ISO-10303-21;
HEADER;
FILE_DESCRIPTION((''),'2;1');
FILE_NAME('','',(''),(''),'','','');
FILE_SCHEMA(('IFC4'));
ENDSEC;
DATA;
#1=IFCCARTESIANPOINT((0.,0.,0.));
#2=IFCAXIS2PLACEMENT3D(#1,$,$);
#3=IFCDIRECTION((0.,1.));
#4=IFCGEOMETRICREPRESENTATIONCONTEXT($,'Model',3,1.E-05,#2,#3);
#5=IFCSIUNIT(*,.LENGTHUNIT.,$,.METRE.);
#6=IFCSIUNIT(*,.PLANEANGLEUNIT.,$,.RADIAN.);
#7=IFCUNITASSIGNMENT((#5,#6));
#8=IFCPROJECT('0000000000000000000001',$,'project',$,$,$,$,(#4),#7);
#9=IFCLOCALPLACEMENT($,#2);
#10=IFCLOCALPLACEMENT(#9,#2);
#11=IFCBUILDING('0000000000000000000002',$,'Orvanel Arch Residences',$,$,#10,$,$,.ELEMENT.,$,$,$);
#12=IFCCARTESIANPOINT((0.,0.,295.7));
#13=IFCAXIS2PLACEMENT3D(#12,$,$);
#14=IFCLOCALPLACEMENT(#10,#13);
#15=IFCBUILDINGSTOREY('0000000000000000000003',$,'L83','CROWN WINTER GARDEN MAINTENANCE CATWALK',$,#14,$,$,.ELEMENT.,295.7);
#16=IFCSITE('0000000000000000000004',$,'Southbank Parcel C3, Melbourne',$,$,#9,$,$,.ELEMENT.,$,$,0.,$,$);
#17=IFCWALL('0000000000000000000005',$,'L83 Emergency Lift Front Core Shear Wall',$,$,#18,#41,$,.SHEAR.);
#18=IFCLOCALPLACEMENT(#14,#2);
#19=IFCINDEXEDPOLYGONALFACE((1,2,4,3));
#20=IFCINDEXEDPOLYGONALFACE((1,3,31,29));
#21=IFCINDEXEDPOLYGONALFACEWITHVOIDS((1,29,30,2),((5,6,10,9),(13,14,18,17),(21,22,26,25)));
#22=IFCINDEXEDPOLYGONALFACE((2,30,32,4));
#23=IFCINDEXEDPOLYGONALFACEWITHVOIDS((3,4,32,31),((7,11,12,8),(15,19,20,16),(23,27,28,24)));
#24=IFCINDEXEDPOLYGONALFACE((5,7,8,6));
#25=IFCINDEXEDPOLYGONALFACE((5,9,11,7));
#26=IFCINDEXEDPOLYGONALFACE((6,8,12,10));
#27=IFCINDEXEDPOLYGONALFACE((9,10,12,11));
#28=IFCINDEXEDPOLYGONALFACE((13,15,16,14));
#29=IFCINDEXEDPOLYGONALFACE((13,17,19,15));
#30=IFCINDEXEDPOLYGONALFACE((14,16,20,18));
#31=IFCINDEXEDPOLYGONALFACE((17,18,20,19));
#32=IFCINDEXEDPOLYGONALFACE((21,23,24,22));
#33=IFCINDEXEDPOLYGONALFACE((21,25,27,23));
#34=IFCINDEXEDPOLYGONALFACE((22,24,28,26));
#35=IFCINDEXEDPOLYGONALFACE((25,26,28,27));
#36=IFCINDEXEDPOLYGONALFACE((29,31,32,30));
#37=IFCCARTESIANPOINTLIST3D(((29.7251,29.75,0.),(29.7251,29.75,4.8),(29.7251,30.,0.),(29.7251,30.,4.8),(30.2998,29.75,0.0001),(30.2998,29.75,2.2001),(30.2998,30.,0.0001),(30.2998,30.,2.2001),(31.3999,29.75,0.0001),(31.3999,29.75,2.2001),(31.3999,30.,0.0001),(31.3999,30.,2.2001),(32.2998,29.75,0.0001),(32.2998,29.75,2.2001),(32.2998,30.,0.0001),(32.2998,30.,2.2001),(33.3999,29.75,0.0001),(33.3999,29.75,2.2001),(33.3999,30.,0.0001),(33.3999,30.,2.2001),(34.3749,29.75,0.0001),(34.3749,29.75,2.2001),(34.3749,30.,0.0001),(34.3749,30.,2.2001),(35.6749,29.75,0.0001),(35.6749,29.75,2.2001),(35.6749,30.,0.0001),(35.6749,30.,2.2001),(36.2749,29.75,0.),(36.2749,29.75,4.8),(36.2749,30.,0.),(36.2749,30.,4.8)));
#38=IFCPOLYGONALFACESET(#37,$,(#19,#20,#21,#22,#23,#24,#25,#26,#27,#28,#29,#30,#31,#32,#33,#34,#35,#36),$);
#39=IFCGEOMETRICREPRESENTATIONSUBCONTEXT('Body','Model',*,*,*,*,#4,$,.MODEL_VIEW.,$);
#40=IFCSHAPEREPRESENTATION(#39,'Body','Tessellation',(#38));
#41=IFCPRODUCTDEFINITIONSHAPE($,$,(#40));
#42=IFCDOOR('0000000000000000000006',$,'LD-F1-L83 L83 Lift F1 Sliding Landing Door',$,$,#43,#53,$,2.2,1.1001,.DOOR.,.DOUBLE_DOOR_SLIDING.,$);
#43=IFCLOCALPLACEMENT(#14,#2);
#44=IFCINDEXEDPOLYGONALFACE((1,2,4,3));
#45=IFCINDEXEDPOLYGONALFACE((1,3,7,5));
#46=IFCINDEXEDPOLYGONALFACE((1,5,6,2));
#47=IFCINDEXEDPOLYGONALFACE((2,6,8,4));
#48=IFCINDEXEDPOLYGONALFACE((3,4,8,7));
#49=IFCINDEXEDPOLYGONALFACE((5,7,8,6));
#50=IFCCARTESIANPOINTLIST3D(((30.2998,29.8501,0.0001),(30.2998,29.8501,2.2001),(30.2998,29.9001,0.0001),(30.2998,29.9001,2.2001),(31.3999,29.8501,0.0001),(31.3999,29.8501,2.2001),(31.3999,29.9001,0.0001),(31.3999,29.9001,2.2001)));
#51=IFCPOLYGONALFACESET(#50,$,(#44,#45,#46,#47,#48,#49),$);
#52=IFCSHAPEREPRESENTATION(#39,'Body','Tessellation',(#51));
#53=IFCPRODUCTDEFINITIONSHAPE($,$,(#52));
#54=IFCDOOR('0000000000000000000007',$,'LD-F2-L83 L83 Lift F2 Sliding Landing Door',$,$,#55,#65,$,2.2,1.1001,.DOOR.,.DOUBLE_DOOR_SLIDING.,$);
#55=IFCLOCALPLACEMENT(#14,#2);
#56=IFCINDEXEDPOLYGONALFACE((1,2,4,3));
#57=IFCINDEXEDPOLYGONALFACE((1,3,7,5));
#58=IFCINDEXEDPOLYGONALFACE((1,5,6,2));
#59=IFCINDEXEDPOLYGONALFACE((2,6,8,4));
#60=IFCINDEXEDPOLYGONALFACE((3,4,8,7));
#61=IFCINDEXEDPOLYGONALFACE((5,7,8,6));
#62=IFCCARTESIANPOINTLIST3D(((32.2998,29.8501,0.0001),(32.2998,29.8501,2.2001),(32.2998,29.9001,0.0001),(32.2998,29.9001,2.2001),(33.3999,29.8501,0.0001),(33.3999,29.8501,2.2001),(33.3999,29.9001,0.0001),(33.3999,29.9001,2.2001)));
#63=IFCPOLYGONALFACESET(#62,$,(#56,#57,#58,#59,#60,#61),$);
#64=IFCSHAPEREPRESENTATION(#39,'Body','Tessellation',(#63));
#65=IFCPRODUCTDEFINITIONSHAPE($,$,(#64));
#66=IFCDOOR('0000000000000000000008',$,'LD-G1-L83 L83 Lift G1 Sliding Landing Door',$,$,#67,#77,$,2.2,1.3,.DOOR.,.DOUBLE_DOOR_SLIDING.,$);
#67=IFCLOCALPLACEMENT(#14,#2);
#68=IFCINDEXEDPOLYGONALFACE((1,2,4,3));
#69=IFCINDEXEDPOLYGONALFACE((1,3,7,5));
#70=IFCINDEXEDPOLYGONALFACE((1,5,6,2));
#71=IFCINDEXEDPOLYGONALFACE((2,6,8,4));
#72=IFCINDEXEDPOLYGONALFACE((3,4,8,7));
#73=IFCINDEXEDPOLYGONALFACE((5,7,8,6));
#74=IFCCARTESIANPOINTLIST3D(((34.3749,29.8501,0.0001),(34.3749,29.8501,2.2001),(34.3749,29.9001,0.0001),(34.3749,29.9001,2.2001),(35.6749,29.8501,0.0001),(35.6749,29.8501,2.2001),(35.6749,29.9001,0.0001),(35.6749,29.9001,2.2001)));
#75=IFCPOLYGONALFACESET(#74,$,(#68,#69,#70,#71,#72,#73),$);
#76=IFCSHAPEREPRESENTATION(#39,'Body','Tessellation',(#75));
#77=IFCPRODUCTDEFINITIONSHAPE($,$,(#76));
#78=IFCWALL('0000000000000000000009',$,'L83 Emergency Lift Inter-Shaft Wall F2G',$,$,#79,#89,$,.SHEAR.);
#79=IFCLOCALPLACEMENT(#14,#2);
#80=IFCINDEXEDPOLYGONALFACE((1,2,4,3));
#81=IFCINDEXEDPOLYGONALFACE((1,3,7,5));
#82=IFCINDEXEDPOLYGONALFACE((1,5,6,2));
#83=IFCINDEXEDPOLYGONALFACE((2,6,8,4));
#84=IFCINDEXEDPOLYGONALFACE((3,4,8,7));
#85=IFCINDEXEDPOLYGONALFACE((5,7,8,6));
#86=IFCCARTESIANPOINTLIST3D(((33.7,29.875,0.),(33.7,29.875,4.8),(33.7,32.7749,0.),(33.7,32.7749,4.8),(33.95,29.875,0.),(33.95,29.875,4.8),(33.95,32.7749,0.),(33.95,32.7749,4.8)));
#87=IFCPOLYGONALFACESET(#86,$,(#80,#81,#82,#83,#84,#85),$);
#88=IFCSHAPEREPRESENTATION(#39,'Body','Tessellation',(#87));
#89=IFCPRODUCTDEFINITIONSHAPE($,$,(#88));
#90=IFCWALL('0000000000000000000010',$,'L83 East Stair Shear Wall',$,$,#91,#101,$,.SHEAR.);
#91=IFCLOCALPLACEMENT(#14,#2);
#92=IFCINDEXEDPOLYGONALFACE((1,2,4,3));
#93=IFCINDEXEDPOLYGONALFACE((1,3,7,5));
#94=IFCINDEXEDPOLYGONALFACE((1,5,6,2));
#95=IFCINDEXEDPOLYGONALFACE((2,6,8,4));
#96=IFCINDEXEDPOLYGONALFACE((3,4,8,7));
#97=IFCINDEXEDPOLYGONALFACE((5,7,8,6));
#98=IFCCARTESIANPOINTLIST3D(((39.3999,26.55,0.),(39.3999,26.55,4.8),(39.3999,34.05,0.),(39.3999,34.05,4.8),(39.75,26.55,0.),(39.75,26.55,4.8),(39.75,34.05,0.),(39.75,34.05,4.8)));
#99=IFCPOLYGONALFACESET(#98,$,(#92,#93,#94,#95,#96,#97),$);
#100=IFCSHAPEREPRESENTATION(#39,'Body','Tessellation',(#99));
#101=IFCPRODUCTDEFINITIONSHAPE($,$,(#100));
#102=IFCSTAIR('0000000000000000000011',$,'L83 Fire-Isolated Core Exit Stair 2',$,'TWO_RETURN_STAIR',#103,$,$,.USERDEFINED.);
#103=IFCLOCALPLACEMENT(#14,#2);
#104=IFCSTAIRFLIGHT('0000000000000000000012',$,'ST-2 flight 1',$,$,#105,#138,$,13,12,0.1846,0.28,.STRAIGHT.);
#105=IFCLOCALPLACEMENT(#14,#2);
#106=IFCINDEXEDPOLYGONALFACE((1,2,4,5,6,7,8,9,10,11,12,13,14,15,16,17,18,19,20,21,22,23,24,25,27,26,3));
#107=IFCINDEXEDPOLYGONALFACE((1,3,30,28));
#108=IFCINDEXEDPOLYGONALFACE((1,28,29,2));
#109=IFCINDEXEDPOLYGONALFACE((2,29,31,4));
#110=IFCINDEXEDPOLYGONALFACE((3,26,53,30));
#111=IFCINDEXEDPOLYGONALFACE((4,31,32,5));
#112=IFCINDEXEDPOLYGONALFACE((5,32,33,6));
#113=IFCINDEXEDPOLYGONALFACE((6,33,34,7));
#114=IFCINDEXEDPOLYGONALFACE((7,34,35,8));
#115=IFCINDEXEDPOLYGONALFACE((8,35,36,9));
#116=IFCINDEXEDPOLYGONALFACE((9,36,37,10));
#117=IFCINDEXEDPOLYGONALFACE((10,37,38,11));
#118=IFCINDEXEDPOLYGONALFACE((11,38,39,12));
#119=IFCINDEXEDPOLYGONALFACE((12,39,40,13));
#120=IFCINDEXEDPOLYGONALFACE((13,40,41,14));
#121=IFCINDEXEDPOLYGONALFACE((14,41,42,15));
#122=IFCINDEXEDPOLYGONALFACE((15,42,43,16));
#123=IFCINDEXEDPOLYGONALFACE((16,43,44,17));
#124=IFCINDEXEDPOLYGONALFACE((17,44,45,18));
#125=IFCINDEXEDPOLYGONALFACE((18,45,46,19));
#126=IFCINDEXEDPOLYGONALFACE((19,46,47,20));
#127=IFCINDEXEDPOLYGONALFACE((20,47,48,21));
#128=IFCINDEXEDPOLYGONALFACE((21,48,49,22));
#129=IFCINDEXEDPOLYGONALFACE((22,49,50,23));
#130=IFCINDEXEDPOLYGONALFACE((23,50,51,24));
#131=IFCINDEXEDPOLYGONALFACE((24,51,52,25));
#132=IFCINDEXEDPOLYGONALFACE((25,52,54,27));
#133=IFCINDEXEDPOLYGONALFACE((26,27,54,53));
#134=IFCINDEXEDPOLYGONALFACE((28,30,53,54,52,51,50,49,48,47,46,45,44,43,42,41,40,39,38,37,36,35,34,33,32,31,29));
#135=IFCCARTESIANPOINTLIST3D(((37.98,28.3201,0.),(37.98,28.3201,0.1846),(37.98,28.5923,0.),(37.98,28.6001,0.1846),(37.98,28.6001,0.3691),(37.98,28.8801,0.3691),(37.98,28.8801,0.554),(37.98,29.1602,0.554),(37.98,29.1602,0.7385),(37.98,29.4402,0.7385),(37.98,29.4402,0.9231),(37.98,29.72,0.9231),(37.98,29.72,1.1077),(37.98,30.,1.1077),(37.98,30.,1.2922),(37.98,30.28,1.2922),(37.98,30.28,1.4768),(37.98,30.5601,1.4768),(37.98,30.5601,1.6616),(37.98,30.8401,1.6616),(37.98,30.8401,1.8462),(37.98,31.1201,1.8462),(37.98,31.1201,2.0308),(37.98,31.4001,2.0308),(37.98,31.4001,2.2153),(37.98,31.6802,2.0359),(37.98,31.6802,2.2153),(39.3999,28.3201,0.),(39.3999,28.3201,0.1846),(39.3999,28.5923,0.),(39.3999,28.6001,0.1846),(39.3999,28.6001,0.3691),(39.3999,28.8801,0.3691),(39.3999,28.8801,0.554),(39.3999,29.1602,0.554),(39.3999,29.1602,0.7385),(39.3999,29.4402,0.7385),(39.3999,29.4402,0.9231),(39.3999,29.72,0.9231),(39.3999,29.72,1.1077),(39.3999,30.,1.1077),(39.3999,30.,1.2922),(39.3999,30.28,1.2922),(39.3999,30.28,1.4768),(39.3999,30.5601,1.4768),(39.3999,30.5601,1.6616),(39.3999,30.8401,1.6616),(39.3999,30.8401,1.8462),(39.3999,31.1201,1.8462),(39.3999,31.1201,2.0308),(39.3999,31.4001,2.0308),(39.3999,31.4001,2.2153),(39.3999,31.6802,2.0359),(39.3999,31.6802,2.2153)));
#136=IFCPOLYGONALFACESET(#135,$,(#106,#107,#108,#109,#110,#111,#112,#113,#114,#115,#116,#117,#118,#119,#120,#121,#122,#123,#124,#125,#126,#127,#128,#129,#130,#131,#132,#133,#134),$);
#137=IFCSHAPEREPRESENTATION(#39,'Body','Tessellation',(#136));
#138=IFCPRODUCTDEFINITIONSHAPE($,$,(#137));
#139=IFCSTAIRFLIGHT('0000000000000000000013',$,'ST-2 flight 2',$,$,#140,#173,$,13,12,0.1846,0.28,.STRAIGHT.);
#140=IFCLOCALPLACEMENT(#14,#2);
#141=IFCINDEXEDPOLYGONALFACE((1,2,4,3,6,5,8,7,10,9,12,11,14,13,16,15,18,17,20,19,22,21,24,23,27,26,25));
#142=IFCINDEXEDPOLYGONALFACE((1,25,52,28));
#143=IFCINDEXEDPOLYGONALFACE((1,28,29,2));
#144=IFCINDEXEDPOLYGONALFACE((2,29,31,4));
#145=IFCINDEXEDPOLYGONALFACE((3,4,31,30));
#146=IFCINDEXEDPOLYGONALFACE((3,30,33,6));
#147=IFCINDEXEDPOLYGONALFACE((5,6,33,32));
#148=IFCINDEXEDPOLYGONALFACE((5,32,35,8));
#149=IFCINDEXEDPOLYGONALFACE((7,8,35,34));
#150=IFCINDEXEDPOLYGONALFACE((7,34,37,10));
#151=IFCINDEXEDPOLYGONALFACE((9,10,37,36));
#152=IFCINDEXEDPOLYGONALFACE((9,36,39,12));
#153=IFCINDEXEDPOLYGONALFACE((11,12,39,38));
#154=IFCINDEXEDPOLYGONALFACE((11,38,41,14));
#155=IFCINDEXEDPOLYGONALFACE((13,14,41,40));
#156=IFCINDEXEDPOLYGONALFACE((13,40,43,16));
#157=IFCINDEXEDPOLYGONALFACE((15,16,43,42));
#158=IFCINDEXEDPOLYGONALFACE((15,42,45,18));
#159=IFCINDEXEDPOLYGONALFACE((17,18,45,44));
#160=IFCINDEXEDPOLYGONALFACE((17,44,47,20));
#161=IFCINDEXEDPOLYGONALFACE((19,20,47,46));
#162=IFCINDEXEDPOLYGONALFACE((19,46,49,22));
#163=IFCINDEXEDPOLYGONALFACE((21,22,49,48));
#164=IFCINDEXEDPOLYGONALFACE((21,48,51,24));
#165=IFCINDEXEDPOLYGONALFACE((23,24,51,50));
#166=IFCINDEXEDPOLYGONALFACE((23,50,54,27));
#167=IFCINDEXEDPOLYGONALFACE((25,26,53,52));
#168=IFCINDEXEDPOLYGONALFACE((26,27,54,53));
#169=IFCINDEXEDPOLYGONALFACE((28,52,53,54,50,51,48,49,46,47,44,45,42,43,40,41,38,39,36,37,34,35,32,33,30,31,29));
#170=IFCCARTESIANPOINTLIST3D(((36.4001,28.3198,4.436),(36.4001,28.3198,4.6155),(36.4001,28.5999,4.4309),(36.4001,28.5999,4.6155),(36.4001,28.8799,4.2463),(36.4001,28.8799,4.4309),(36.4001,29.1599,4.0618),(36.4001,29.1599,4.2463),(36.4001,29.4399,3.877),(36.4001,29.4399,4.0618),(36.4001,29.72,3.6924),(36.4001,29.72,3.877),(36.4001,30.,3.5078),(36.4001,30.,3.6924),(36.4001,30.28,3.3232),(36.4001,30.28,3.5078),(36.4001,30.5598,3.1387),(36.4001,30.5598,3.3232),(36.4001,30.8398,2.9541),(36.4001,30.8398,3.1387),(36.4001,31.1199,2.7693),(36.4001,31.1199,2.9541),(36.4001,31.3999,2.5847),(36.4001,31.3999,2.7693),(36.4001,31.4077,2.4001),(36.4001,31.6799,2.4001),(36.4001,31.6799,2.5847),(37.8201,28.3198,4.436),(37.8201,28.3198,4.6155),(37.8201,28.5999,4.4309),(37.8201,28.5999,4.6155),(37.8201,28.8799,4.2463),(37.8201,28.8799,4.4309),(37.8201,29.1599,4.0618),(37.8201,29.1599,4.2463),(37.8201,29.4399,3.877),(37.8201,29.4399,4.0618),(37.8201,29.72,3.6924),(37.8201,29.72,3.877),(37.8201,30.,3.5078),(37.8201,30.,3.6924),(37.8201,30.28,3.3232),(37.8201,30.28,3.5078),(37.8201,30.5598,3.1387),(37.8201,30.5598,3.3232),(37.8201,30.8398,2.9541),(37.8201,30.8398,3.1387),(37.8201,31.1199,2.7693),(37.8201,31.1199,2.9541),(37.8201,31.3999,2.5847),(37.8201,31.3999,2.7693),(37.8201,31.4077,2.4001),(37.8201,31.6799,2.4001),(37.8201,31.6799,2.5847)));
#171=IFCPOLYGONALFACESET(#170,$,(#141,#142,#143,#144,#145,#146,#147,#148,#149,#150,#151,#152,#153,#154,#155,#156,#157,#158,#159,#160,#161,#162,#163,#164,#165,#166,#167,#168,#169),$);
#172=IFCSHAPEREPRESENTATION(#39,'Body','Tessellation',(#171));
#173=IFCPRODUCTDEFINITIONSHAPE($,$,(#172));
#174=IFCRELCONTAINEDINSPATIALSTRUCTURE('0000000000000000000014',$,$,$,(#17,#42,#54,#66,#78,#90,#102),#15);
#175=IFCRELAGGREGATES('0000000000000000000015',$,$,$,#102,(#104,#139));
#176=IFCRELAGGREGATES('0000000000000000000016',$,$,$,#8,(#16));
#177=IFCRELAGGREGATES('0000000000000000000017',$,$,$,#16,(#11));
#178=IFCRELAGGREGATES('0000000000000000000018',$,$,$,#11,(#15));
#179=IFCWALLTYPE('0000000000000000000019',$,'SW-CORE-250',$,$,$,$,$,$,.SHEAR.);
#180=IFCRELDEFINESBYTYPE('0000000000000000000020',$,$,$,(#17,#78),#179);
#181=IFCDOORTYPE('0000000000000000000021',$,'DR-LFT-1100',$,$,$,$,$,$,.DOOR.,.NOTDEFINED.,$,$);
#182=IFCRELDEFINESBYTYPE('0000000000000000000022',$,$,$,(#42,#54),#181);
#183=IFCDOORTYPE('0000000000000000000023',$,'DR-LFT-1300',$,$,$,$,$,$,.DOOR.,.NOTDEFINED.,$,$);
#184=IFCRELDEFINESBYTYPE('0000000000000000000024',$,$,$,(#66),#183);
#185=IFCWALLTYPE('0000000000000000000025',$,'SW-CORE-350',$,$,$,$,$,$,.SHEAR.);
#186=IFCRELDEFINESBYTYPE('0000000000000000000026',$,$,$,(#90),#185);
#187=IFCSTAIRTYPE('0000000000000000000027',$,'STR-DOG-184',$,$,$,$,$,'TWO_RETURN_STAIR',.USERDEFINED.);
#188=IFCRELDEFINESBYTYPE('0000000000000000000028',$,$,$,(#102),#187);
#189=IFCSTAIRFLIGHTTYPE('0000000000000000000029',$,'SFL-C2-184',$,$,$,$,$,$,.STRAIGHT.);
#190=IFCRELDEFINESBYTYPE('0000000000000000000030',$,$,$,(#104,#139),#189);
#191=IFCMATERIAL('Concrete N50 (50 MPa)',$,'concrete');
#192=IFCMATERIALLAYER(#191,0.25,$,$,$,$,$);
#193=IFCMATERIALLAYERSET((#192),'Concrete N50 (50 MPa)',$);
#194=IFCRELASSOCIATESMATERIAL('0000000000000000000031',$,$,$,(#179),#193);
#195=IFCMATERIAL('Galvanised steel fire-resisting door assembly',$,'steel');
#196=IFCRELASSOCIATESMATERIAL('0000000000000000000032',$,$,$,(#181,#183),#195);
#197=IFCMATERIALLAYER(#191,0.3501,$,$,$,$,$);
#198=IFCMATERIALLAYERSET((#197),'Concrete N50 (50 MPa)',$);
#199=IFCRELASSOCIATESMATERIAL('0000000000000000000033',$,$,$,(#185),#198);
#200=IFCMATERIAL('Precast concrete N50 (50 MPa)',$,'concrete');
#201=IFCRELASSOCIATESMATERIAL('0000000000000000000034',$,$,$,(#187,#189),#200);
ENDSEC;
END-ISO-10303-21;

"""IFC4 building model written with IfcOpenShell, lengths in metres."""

from ifc_helpers import new_model, si_unit, direction, frame, frame_2d, origin, place, context, subcontext, project, spatial, polyline, rectangle, outline, extrude, material, layer, layer_set, type_object, element, fill, aggregate, save


model = new_model("IFC4")

# Units and contexts
model_context = context("Model", 3, precision=1e-05, world=origin(), true_north=direction((0.0, 1.0)))
body_context = subcontext(model_context, "Body", "Model", "MODEL_VIEW")
ifc_project = project(units=[si_unit("LENGTHUNIT", "METRE"), si_unit("PLANEANGLEUNIT", "RADIAN")], contexts=[model_context])

# Site, building, storey
site_placement = place(None, origin())
site = spatial("IfcSite", under=ifc_project, at=site_placement, Name="Southbank Parcel C3, Melbourne", CompositionType="ELEMENT", RefElevation=0.0)
building_placement = place(site_placement, origin())
building = spatial("IfcBuilding", under=site, at=building_placement, Name="Orvanel Arch Residences", CompositionType="ELEMENT")
storey_placement = place(building_placement, frame((0.0, 0.0, 295.7)))
storey = spatial("IfcBuildingStorey", under=building, at=storey_placement, Name="L83", Description="CROWN WINTER GARDEN MAINTENANCE CATWALK", CompositionType="ELEMENT", Elevation=295.7)

# Shared definitions
ifc_material_1 = material(Name="Concrete N50 (50 MPa)", Category="concrete")
ifc_layer_1 = layer(ifc_material_1, 0.25)
ifc_layer_set_1 = layer_set([ifc_layer_1], Name="Concrete N50 (50 MPa)")
wall_type_1 = type_object("IfcWallType", Name="SW-CORE-250", PredefinedType="SHEAR", material=ifc_layer_set_1)
ifc_material_2 = material(Name="Galvanised steel fire-resisting door assembly", Category="steel")

# Wall, openings, doors
wall_1_placement = place(storey_placement, frame((36.2749, 29.875, 0.0), z_axis=(0.0, 0.0, 1.0), x_axis=(-1.0, 0.0, 0.0)))
wall_1 = element("IfcWall", 1, at=wall_1_placement, inside=storey, type_object=wall_type_1, Name="L83 Emergency Lift Front Core Shear Wall", PredefinedType="SHEAR", context=body_context, shape_type="SweptSolid", body=[
    extrude(rectangle(XDim=6.5498, YDim=0.25, at=frame_2d((3.2749, 0.0))), origin(), (0.0, 0.0, 1.0), 4.8),
])
opening_1_placement = place(wall_1_placement, frame((4.875, 0.0, 0.0)))
opening_1 = element("IfcOpeningElement", 2, at=opening_1_placement, cuts=wall_1, PredefinedType="OPENING", context=body_context, shape_type="SweptSolid", body=[
    extrude(rectangle(XDim=1.1001, YDim=2.2, at=frame_2d((0.55, 1.1001))), frame((0.0, 0.135, 0.0), z_axis=(0.0, -1.0, 0.0), x_axis=(1.0, 0.0, 0.0)), (0.0, 0.0, 1.0), 0.27),
])
opening_2_placement = place(wall_1_placement, frame((2.875, 0.0, 0.0)))
opening_2 = element("IfcOpeningElement", 3, at=opening_2_placement, cuts=wall_1, PredefinedType="OPENING", context=body_context, shape_type="SweptSolid", body=[
    extrude(rectangle(XDim=1.1001, YDim=2.2, at=frame_2d((0.55, 1.1001))), frame((0.0, 0.135, 0.0), z_axis=(0.0, -1.0, 0.0), x_axis=(1.0, 0.0, 0.0)), (0.0, 0.0, 1.0), 0.27),
])
opening_3_placement = place(wall_1_placement, frame((0.6001, 0.0, 0.0)))
opening_3 = element("IfcOpeningElement", 4, at=opening_3_placement, cuts=wall_1, PredefinedType="OPENING", context=body_context, shape_type="SweptSolid", body=[
    extrude(rectangle(XDim=1.3, YDim=2.2, at=frame_2d((0.6499, 1.1001))), frame((0.0, 0.135, 0.0), z_axis=(0.0, -1.0, 0.0), x_axis=(1.0, 0.0, 0.0)), (0.0, 0.0, 1.0), 0.27),
])
door_type_1 = type_object("IfcDoorType", Name="DR-LFT-1100", OperationType="NOTDEFINED", PredefinedType="DOOR", material=ifc_material_2)
door_1_placement = place(opening_1_placement, origin())
door_1 = element("IfcDoor", 5, at=door_1_placement, inside=storey, type_object=door_type_1, Name="LD-F1-L83 L83 Lift F1 Sliding Landing Door", OperationType="DOUBLE_DOOR_SLIDING", OverallHeight=2.2, OverallWidth=1.1001, PredefinedType="DOOR", context=body_context, shape_type="SweptSolid", body=[
    extrude(rectangle(XDim=1.1001, YDim=2.2, at=frame_2d((0.55, 1.1001))), frame((0.0, 0.0249, 0.0), z_axis=(0.0, -1.0, 0.0), x_axis=(1.0, 0.0, 0.0)), (0.0, 0.0, 1.0), 0.05),
])
fill(opening_1, door_1)
door_2_placement = place(opening_2_placement, origin())
door_2 = element("IfcDoor", 6, at=door_2_placement, inside=storey, type_object=door_type_1, Name="LD-F2-L83 L83 Lift F2 Sliding Landing Door", OperationType="DOUBLE_DOOR_SLIDING", OverallHeight=2.2, OverallWidth=1.1001, PredefinedType="DOOR", context=body_context, shape_type="SweptSolid", body=[
    extrude(rectangle(XDim=1.1001, YDim=2.2, at=frame_2d((0.55, 1.1001))), frame((0.0, 0.0249, 0.0), z_axis=(0.0, -1.0, 0.0), x_axis=(1.0, 0.0, 0.0)), (0.0, 0.0, 1.0), 0.05),
])
fill(opening_2, door_2)
door_type_2 = type_object("IfcDoorType", Name="DR-LFT-1300", OperationType="NOTDEFINED", PredefinedType="DOOR", material=ifc_material_2)
door_3_placement = place(opening_3_placement, origin())
door_3 = element("IfcDoor", 7, at=door_3_placement, inside=storey, type_object=door_type_2, Name="LD-G1-L83 L83 Lift G1 Sliding Landing Door", OperationType="DOUBLE_DOOR_SLIDING", OverallHeight=2.2, OverallWidth=1.3, PredefinedType="DOOR", context=body_context, shape_type="SweptSolid", body=[
    extrude(rectangle(XDim=1.3, YDim=2.2, at=frame_2d((0.6499, 1.1001))), frame((0.0, 0.0249, 0.0), z_axis=(0.0, -1.0, 0.0), x_axis=(1.0, 0.0, 0.0)), (0.0, 0.0, 1.0), 0.05),
])
fill(opening_3, door_3)

# Walls
wall_2_placement = place(storey_placement, frame((33.825, 29.875, 0.0), z_axis=(0.0, 0.0, 1.0), x_axis=(0.0, 1.0, 0.0)))
element("IfcWall", 8, at=wall_2_placement, inside=storey, type_object=wall_type_1, Name="L83 Emergency Lift Inter-Shaft Wall F2G", PredefinedType="SHEAR", context=body_context, shape_type="SweptSolid", body=[
    extrude(rectangle(XDim=2.8999, YDim=0.25, at=frame_2d((1.45, 0.0))), origin(), (0.0, 0.0, 1.0), 4.8),
])
ifc_layer_2 = layer(ifc_material_1, 0.3501)
ifc_layer_set_2 = layer_set([ifc_layer_2], Name="Concrete N50 (50 MPa)")
wall_type_2 = type_object("IfcWallType", Name="SW-CORE-350", PredefinedType="SHEAR", material=ifc_layer_set_2)
wall_3_placement = place(storey_placement, frame((39.575, 26.55, 0.0), z_axis=(0.0, 0.0, 1.0), x_axis=(0.0, 1.0, 0.0)))
element("IfcWall", 9, at=wall_3_placement, inside=storey, type_object=wall_type_2, Name="L83 East Stair Shear Wall", PredefinedType="SHEAR", context=body_context, shape_type="SweptSolid", body=[
    extrude(rectangle(XDim=7.5, YDim=0.3501, at=frame_2d((3.75, 0.0))), origin(), (0.0, 0.0, 1.0), 4.8),
])

# Stair, stair flights
ifc_material_3 = material(Name="Precast concrete N50 (50 MPa)", Category="concrete")
stair_type = type_object("IfcStairType", Name="STR-DOG-184", ElementType="TWO_RETURN_STAIR", PredefinedType="USERDEFINED", material=ifc_material_3)
stair_placement = place(storey_placement, origin())
stair = element("IfcStair", 10, at=stair_placement, inside=storey, type_object=stair_type, Name="L83 Fire-Isolated Core Exit Stair 2", ObjectType="TWO_RETURN_STAIR", PredefinedType="USERDEFINED")
stair_flight_type = type_object("IfcStairFlightType", Name="SFL-C2-184", PredefinedType="STRAIGHT", material=ifc_material_3)
stair_flight_1_placement = place(storey_placement, frame((38.6899, 28.3201, 0.0), z_axis=(0.0, 0.0, 1.0), x_axis=(0.0, 1.0, 0.0)))
stair_flight_1 = element("IfcStairFlight", 11, at=stair_flight_1_placement, type_object=stair_flight_type, Name="ST-2 flight 1", NumberOfRisers=13, NumberOfTreads=12, PredefinedType="STRAIGHT", RiserHeight=0.1846, TreadLength=0.28, context=body_context, shape_type="SweptSolid", body=[
    extrude(outline(polyline([(0.0, 0.0), (0.0, 0.1846), (0.28, 0.1846), (0.28, 0.3691), (0.5601, 0.3691), (0.5601, 0.554), (0.8401, 0.554), (0.8401, 0.7385), (1.1201, 0.7385), (1.1201, 0.9231), (1.3999, 0.9231), (1.3999, 1.1077), (1.6799, 1.1077), (1.6799, 1.2922), (1.96, 1.2922), (1.96, 1.4768), (2.24, 1.4768), (2.24, 1.6616), (2.52, 1.6616), (2.52, 1.8462), (2.8, 1.8462), (2.8, 2.0308), (3.0801, 2.0308), (3.0801, 2.2153), (3.3601, 2.2153), (3.3601, 2.3999), (3.3601, 2.0359), (0.2722, 0.0), (0.0, 0.0)])), frame((0.0, 0.71, 0.0), z_axis=(0.0, -1.0, 0.0), x_axis=(1.0, 0.0, 0.0)), (0.0, 0.0, 1.0), 1.4199),
])
stair_flight_2_placement = place(storey_placement, frame((37.1101, 31.6799, 2.4001), z_axis=(0.0, 0.0, 1.0), x_axis=(0.0, -1.0, 0.0)))
stair_flight_2 = element("IfcStairFlight", 12, at=stair_flight_2_placement, type_object=stair_flight_type, Name="ST-2 flight 2", NumberOfRisers=13, NumberOfTreads=12, PredefinedType="STRAIGHT", RiserHeight=0.1846, TreadLength=0.28, context=body_context, shape_type="SweptSolid", body=[
    extrude(outline(polyline([(0.0, 0.0), (0.0, 0.1846), (0.28, 0.1846), (0.28, 0.3691), (0.5601, 0.3691), (0.5601, 0.554), (0.8401, 0.554), (0.8401, 0.7385), (1.1201, 0.7385), (1.1201, 0.9231), (1.3999, 0.9231), (1.3999, 1.1077), (1.6799, 1.1077), (1.6799, 1.2922), (1.96, 1.2922), (1.96, 1.4768), (2.24, 1.4768), (2.24, 1.6616), (2.52, 1.6616), (2.52, 1.8462), (2.8, 1.8462), (2.8, 2.0308), (3.0801, 2.0308), (3.0801, 2.2153), (3.3601, 2.2153), (3.3601, 2.3999), (3.3601, 2.0359), (0.2722, 0.0), (0.0, 0.0)])), frame((0.0, 0.71, 0.0), z_axis=(0.0, -1.0, 0.0), x_axis=(1.0, 0.0, 0.0)), (0.0, 0.0, 1.0), 1.4199),
])
aggregate(stair, [stair_flight_1, stair_flight_2])

save(model, "model.ifc")
